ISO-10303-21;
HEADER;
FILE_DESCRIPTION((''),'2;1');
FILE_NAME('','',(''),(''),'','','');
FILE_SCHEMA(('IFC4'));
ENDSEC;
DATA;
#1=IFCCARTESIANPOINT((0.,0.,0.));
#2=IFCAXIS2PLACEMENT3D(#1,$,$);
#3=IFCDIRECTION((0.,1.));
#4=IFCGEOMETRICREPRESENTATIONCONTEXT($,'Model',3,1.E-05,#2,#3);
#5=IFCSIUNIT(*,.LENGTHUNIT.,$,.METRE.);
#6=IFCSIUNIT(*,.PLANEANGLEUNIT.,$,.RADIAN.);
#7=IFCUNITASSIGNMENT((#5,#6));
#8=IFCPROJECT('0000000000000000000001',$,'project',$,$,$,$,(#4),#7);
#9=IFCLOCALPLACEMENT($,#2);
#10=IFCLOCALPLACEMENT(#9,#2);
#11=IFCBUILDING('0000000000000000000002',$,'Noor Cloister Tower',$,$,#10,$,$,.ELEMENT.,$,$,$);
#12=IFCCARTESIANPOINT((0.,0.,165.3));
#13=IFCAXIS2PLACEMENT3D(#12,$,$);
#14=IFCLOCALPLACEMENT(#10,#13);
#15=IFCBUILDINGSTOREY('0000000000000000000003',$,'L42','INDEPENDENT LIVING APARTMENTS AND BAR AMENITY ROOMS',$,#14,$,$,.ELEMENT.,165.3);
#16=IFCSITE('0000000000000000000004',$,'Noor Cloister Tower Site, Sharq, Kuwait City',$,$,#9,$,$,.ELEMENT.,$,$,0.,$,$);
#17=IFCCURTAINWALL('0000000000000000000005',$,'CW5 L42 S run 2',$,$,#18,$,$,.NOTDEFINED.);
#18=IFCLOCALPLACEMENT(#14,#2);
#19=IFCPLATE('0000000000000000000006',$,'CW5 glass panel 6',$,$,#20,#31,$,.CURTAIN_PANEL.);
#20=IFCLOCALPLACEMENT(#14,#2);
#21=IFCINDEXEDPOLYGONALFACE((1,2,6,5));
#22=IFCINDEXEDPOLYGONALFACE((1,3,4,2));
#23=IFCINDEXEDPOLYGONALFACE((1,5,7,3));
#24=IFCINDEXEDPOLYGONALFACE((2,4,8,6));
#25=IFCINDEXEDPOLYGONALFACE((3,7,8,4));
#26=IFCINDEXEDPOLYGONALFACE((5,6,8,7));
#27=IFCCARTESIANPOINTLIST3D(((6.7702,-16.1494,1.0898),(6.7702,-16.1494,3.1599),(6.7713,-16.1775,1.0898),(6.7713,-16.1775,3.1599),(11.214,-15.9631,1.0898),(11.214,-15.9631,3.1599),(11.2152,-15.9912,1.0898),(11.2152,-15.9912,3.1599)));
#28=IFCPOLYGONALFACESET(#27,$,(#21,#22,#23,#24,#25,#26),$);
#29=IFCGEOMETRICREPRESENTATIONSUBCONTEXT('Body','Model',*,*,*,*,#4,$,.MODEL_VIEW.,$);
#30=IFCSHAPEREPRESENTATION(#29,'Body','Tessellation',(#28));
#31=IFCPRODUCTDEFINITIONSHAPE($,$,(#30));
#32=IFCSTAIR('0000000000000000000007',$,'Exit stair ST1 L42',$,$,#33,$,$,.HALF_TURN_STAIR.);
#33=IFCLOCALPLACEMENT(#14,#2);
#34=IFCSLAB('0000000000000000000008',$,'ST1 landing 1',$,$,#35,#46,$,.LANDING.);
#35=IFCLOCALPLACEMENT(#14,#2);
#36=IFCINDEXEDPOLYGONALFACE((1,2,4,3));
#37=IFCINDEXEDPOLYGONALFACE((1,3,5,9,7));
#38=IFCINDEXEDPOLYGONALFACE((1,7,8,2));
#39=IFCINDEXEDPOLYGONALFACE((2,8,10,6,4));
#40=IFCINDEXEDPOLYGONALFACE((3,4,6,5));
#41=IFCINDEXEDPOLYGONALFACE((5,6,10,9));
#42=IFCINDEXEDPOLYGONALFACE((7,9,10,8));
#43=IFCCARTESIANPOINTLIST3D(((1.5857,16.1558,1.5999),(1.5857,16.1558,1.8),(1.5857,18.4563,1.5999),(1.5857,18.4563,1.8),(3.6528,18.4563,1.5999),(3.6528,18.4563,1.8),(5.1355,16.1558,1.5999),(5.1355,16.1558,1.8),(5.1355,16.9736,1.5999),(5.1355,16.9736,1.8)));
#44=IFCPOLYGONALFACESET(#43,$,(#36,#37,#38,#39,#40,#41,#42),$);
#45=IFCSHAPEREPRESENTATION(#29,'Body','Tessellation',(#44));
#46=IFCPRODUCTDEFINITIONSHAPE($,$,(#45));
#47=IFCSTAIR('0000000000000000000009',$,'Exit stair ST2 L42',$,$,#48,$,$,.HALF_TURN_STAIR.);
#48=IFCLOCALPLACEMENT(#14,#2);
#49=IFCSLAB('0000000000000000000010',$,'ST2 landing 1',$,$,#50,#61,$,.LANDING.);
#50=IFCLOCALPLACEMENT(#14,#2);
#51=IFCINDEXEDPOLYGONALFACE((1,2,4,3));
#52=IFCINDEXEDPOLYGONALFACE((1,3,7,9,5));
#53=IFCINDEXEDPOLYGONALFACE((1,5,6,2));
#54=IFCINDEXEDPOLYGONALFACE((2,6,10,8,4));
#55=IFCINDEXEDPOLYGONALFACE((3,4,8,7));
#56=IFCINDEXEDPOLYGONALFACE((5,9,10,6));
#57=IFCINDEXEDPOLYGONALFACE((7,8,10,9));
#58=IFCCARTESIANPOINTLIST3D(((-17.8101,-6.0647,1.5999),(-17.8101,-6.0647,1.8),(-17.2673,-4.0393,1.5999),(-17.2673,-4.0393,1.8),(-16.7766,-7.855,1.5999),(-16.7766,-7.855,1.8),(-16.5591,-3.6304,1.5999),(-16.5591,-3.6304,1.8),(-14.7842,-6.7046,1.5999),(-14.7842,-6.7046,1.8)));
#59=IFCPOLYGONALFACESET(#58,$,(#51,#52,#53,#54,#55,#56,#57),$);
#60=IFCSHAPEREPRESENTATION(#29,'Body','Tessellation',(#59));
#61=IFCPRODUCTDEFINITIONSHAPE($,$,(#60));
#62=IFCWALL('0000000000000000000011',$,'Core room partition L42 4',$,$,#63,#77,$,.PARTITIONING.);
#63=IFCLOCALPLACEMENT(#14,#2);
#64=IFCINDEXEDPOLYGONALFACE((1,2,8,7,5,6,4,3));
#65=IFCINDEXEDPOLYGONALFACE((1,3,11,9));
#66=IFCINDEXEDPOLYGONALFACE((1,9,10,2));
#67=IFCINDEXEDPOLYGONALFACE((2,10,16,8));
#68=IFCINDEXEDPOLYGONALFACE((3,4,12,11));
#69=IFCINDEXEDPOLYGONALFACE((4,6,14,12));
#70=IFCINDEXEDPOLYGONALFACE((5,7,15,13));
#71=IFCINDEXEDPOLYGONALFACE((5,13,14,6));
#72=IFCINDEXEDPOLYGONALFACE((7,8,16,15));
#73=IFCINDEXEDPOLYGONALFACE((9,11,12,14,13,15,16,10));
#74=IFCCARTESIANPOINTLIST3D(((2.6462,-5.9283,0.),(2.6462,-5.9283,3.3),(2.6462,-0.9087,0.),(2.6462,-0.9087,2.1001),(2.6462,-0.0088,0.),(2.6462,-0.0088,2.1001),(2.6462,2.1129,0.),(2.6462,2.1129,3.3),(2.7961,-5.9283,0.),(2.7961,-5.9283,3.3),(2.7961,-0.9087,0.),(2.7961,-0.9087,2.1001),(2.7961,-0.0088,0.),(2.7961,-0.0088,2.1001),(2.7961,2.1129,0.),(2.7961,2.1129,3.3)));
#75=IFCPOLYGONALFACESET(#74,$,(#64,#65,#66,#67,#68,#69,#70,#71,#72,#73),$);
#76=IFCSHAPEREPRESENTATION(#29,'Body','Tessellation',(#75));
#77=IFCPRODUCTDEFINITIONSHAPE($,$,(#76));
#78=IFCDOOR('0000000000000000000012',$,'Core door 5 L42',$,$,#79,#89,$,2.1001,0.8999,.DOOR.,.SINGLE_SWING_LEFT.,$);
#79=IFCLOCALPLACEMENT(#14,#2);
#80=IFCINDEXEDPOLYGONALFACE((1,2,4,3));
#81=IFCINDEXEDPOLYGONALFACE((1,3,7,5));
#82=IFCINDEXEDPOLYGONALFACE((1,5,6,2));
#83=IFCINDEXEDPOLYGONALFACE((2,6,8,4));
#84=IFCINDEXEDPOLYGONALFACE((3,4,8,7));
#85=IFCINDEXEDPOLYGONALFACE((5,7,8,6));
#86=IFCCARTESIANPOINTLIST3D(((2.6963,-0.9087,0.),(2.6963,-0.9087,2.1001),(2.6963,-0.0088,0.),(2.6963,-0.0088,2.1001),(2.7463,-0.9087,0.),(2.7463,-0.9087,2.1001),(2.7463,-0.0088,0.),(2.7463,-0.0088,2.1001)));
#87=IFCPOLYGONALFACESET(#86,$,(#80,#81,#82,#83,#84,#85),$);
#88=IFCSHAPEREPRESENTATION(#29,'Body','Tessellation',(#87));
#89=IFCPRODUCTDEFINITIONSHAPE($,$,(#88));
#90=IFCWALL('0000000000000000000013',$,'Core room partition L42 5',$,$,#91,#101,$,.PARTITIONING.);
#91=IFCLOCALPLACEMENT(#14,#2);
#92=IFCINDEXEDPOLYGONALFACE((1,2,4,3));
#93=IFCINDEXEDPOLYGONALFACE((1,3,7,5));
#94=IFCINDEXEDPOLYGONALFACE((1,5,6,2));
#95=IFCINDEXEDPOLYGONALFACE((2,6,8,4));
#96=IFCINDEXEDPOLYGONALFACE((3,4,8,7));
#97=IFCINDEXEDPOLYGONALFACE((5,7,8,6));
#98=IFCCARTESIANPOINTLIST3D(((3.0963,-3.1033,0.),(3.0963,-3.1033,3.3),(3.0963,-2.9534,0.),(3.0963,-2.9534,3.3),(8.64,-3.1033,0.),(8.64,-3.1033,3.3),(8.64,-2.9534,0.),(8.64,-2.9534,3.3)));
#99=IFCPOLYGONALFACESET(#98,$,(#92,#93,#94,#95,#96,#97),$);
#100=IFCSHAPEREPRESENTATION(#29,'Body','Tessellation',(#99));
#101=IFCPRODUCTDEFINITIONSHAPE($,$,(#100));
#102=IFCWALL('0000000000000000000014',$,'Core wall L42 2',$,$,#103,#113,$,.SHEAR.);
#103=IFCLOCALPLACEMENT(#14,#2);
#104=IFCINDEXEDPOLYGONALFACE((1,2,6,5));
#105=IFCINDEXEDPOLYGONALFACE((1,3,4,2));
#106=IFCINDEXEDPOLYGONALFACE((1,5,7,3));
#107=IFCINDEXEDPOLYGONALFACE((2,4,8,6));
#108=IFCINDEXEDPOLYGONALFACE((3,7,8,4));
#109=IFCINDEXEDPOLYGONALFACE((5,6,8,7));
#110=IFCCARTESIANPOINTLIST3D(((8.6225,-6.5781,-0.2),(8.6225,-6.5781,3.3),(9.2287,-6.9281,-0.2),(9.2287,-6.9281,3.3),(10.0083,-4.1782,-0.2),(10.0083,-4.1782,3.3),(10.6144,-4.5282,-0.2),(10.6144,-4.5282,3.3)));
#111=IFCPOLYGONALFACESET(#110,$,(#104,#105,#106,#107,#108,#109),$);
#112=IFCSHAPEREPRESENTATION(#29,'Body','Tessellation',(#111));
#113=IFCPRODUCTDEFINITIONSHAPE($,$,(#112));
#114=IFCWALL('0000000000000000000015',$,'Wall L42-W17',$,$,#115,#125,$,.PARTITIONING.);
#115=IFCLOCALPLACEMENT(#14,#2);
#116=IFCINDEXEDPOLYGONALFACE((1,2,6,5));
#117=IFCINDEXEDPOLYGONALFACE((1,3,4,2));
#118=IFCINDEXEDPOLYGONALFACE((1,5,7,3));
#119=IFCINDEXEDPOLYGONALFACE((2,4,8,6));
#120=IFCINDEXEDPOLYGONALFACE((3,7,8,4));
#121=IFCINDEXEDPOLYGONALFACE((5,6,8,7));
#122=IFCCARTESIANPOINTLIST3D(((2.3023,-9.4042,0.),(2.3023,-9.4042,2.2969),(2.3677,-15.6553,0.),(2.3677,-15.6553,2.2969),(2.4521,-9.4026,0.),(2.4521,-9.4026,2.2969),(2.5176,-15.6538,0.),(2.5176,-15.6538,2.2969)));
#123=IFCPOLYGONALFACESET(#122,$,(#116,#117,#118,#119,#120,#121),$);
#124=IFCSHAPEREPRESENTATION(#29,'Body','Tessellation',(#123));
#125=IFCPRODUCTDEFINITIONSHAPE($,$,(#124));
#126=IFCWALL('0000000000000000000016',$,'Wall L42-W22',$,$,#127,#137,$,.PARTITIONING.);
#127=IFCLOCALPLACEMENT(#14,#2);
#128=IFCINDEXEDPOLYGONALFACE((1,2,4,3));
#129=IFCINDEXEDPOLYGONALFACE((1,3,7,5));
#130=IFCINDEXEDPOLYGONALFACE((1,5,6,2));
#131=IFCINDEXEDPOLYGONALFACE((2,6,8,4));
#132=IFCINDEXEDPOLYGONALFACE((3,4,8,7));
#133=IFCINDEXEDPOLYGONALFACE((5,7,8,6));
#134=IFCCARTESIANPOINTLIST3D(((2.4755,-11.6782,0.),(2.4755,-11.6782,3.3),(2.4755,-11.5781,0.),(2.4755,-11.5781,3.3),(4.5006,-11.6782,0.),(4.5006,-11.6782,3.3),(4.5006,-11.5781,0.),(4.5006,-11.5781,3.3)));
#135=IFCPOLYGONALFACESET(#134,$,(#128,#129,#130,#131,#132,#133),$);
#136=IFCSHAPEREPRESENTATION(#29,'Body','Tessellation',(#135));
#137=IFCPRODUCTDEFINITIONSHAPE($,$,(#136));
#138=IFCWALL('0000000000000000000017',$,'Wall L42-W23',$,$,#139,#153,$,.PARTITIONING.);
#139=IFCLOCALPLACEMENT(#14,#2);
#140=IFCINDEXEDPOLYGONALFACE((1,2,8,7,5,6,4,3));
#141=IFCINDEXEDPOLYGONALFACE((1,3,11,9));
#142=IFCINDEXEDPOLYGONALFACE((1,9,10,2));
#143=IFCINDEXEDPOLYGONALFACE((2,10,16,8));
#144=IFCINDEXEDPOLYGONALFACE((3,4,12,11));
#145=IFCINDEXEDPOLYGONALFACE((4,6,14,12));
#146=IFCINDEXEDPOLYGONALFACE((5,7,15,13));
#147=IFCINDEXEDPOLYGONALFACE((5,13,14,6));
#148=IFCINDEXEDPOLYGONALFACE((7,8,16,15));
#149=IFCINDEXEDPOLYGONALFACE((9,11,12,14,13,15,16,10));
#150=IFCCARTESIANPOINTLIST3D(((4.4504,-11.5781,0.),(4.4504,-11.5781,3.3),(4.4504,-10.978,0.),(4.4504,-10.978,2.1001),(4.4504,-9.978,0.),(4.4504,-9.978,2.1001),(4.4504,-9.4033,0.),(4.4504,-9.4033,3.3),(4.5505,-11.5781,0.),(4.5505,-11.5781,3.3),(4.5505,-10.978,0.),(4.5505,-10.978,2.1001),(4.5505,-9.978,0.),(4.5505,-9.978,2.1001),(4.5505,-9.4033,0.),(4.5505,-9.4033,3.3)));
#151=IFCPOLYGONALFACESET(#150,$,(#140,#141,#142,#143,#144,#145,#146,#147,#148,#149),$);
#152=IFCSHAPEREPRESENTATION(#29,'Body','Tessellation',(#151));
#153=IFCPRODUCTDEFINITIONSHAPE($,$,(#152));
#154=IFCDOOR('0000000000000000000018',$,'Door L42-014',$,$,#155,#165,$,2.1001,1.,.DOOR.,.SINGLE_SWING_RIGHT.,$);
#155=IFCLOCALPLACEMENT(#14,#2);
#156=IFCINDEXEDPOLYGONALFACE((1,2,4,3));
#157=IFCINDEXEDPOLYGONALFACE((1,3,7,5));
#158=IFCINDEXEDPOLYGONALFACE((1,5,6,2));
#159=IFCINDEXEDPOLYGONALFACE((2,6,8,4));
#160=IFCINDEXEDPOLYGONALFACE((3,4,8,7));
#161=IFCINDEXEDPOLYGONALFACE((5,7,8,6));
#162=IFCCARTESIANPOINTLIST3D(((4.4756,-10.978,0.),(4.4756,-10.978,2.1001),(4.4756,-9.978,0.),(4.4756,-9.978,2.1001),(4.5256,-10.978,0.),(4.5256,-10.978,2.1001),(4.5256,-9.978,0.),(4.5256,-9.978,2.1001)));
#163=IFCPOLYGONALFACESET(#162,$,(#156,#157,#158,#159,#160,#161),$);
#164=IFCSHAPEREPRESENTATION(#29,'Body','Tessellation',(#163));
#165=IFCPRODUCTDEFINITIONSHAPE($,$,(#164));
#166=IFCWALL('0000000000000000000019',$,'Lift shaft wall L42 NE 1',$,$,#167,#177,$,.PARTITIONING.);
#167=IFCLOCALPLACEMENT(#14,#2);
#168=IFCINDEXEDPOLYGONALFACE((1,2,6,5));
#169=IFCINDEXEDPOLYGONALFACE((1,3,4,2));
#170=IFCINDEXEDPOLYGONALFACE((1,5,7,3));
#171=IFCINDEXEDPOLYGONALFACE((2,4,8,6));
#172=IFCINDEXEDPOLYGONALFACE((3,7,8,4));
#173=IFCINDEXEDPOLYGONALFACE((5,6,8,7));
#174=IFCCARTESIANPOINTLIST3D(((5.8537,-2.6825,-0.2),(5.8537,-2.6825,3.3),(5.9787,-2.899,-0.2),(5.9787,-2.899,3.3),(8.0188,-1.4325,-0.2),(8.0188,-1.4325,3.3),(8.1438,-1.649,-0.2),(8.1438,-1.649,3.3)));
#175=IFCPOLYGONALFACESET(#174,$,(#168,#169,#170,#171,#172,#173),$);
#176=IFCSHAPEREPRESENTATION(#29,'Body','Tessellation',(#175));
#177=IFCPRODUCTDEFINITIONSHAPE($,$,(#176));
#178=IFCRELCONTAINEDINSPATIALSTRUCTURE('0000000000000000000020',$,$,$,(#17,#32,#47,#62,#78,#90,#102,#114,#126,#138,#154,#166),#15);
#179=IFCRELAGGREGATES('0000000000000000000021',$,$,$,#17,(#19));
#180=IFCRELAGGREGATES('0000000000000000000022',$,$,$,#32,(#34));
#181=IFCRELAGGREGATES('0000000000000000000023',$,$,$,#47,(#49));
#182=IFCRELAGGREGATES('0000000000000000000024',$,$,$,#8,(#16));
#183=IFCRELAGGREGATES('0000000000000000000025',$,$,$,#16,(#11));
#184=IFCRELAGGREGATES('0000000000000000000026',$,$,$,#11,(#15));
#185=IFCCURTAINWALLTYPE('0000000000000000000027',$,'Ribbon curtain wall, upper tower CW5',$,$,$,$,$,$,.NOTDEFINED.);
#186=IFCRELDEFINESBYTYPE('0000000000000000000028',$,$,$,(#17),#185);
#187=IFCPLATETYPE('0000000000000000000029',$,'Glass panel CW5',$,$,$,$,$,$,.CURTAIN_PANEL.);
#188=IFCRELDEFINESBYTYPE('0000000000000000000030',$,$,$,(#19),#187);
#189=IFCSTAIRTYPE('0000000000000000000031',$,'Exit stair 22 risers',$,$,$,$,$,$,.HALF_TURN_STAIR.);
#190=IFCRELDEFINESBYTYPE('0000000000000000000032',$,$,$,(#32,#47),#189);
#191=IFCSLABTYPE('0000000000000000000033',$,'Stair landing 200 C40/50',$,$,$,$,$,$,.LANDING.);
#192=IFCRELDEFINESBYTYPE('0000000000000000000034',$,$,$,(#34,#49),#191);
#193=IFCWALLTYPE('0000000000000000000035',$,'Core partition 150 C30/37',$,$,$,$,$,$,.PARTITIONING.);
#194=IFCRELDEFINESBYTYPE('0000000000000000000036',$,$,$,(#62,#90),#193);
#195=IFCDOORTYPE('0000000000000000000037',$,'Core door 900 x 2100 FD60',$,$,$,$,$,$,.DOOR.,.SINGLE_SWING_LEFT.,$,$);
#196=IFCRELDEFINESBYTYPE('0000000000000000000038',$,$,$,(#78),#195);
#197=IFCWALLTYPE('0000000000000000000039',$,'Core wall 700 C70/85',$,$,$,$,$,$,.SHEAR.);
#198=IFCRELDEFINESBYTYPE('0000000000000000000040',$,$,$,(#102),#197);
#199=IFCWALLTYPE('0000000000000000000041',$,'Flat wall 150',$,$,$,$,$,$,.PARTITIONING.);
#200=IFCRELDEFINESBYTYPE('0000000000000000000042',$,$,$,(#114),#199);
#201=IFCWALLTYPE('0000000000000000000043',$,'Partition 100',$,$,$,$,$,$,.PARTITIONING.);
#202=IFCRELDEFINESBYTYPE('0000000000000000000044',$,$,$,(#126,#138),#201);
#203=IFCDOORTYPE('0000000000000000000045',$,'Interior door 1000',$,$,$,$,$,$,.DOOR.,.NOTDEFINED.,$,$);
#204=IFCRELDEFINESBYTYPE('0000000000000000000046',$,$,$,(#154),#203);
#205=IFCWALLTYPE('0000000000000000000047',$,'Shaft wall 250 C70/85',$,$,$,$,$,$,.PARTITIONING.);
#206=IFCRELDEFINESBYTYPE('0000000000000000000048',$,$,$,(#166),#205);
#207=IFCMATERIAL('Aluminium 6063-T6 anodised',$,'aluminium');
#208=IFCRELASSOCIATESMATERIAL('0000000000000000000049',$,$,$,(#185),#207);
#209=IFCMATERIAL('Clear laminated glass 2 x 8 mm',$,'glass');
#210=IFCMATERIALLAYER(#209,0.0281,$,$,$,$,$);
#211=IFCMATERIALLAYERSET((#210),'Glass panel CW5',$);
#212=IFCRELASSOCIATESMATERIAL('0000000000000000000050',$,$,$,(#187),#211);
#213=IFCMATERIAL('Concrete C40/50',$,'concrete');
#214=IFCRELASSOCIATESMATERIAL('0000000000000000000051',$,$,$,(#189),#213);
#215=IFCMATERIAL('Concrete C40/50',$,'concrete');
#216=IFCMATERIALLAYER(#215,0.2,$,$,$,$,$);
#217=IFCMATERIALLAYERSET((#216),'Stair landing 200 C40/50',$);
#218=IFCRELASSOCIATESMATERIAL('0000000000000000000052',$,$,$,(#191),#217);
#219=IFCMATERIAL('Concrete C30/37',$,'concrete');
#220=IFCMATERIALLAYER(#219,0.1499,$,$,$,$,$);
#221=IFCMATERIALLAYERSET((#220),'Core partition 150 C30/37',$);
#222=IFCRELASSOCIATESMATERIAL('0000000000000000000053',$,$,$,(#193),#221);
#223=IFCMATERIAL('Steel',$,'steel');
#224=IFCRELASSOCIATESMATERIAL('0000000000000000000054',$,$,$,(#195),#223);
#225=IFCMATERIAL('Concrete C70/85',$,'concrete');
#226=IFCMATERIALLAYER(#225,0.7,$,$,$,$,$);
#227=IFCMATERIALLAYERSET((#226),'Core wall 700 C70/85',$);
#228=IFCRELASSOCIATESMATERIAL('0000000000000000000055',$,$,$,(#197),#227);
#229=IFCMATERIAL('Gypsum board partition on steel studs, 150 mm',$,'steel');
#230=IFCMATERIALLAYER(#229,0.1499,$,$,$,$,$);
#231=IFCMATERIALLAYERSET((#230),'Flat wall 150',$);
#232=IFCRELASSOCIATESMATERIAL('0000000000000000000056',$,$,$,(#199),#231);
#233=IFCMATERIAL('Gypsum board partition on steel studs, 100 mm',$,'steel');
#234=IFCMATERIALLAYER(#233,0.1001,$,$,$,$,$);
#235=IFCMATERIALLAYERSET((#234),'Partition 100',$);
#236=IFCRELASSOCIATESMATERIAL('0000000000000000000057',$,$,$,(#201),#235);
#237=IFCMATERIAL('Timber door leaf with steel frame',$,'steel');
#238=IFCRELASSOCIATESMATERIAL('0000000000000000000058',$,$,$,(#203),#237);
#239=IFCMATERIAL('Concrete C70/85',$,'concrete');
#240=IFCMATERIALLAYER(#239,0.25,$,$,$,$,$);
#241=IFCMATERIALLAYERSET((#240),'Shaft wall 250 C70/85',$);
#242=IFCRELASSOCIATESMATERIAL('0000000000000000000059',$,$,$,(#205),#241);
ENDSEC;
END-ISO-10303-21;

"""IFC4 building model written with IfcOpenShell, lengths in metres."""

from ifc_helpers import new_model, si_unit, direction, frame, frame_2d, origin, origin_2d, place, context, subcontext, project, spatial, polyline, rectangle, outline, extrude, material, layer, layer_set, type_object, element, fill, aggregate, save


model = new_model("IFC4")

# Units and contexts
model_context = context("Model", 3, precision=1e-05, world=origin(), true_north=direction((0.0, 1.0)))
body_context = subcontext(model_context, "Body", "Model", "MODEL_VIEW")
ifc_project = project(units=[si_unit("LENGTHUNIT", "METRE"), si_unit("PLANEANGLEUNIT", "RADIAN")], contexts=[model_context])

# Site, building, storey
site_placement = place(None, origin())
site = spatial("IfcSite", under=ifc_project, at=site_placement, Name="Noor Cloister Tower Site, Sharq, Kuwait City", CompositionType="ELEMENT", RefElevation=0.0)
building_placement = place(site_placement, origin())
building = spatial("IfcBuilding", under=site, at=building_placement, Name="Noor Cloister Tower", CompositionType="ELEMENT")
storey_placement = place(building_placement, frame((0.0, 0.0, 165.3)))
storey = spatial("IfcBuildingStorey", under=building, at=storey_placement, Name="L42", Description="INDEPENDENT LIVING APARTMENTS AND BAR AMENITY ROOMS", CompositionType="ELEMENT", Elevation=165.3)

# Curtain wall
ifc_material_1 = material(Name="Aluminium 6063-T6 anodised", Category="aluminium")
curtain_wall_type = type_object("IfcCurtainWallType", Name="Ribbon curtain wall, upper tower CW5", PredefinedType="NOTDEFINED", material=ifc_material_1)
curtain_wall_placement = place(storey_placement, origin())
curtain_wall = element("IfcCurtainWall", 1, at=curtain_wall_placement, inside=storey, type_object=curtain_wall_type, Name="CW5 L42 S run 2", PredefinedType="NOTDEFINED")

# Plate
ifc_material_2 = material(Name="Clear laminated glass 2 x 8 mm", Category="glass")
ifc_layer_1 = layer(ifc_material_2, 0.0281)
ifc_layer_set_1 = layer_set([ifc_layer_1], Name="Glass panel CW5")
plate_type = type_object("IfcPlateType", Name="Glass panel CW5", PredefinedType="CURTAIN_PANEL", material=ifc_layer_set_1)
plate_1_placement = place(storey_placement, frame((8.9927, -16.0703, 1.0898), z_axis=(0.0, 0.0, 1.0), x_axis=(0.999123, 0.04188, 0.0)))
plate_1 = element("IfcPlate", 2, at=plate_1_placement, type_object=plate_type, Name="CW5 glass panel 6", PredefinedType="CURTAIN_PANEL", context=body_context, shape_type="SweptSolid", body=[
    extrude(rectangle(XDim=4.4478, YDim=0.0281, at=origin_2d()), origin(), (0.0, 0.0, 1.0), 2.0701),
])
aggregate(curtain_wall, [plate_1])

# Stairs, slabs
ifc_material_3 = material(Name="Concrete C40/50", Category="concrete")
stair_type = type_object("IfcStairType", Name="Exit stair 22 risers", PredefinedType="HALF_TURN_STAIR", material=ifc_material_3)
stair_1_placement = place(storey_placement, origin())
stair_1 = element("IfcStair", 3, at=stair_1_placement, inside=storey, type_object=stair_type, Name="Exit stair ST1 L42", PredefinedType="HALF_TURN_STAIR")
ifc_material_4 = material(Name="Concrete C40/50", Category="concrete")
ifc_layer_2 = layer(ifc_material_4, 0.2)
ifc_layer_set_2 = layer_set([ifc_layer_2], Name="Stair landing 200 C40/50")
slab_type_1 = type_object("IfcSlabType", Name="Stair landing 200 C40/50", PredefinedType="LANDING", material=ifc_layer_set_2)
slab_1_placement = place(storey_placement, frame((0.0, 0.0, 1.5999)))
slab_1 = element("IfcSlab", 4, at=slab_1_placement, type_object=slab_type_1, Name="ST1 landing 1", PredefinedType="LANDING", context=body_context, shape_type="SweptSolid", body=[
    extrude(outline(polyline([(5.1355, 16.1558), (5.1355, 16.9736), (3.6528, 18.4563), (1.5857, 18.4563), (1.5857, 16.1558), (5.1355, 16.1558)])), origin(), (0.0, 0.0, 1.0), 0.2002),
])
aggregate(stair_1, [slab_1])
stair_2_placement = place(storey_placement, origin())
stair_2 = element("IfcStair", 5, at=stair_2_placement, inside=storey, type_object=stair_type, Name="Exit stair ST2 L42", PredefinedType="HALF_TURN_STAIR")
slab_2_placement = place(storey_placement, frame((0.0, 0.0, 1.5999)))
slab_2 = element("IfcSlab", 6, at=slab_2_placement, type_object=slab_type_1, Name="ST2 landing 1", PredefinedType="LANDING", context=body_context, shape_type="SweptSolid", body=[
    extrude(outline(polyline([(-16.5591, -3.6304), (-17.2673, -4.0393), (-17.8101, -6.0647), (-16.7766, -7.855), (-14.7842, -6.7046), (-16.5591, -3.6304)])), origin(), (0.0, 0.0, 1.0), 0.2002),
])
aggregate(stair_2, [slab_2])

# Wall, opening, door
ifc_material_5 = material(Name="Concrete C30/37", Category="concrete")
ifc_layer_3 = layer(ifc_material_5, 0.1499)
ifc_layer_set_3 = layer_set([ifc_layer_3], Name="Core partition 150 C30/37")
wall_type_1 = type_object("IfcWallType", Name="Core partition 150 C30/37", PredefinedType="PARTITIONING", material=ifc_layer_set_3)
wall_1_placement = place(storey_placement, frame((2.7212, -5.9282, 0.0), z_axis=(0.0, 0.0, 1.0), x_axis=(0.0, 1.0, 0.0)))
wall_1 = element("IfcWall", 7, at=wall_1_placement, inside=storey, type_object=wall_type_1, Name="Core room partition L42 4", PredefinedType="PARTITIONING", context=body_context, shape_type="SweptSolid", body=[
    extrude(rectangle(XDim=8.0413, YDim=0.1499, at=frame_2d((4.0205, 0.0))), origin(), (0.0, 0.0, 1.0), 3.3),
])
opening_1_placement = place(wall_1_placement, frame((5.0195, 0.0, 0.0)))
opening_1 = element("IfcOpeningElement", 8, at=opening_1_placement, cuts=wall_1, PredefinedType="OPENING", context=body_context, shape_type="SweptSolid", body=[
    extrude(rectangle(XDim=0.8999, YDim=2.1001, at=frame_2d((0.45, 1.05))), frame((0.0, 0.085, 0.0), z_axis=(0.0, -1.0, 0.0), x_axis=(1.0, 0.0, 0.0)), (0.0, 0.0, 1.0), 0.1699),
])
ifc_material_6 = material(Name="Steel", Category="steel")
door_type_1 = type_object("IfcDoorType", Name="Core door 900 x 2100 FD60", OperationType="SINGLE_SWING_LEFT", PredefinedType="DOOR", material=ifc_material_6)
door_1_placement = place(opening_1_placement, origin())
door_1 = element("IfcDoor", 9, at=door_1_placement, inside=storey, type_object=door_type_1, Name="Core door 5 L42", OperationType="SINGLE_SWING_LEFT", OverallHeight=2.1001, OverallWidth=0.8999, PredefinedType="DOOR", context=body_context, shape_type="SweptSolid", body=[
    extrude(rectangle(XDim=0.8999, YDim=2.1001, at=frame_2d((0.45, 1.05))), frame((0.0, 0.0249, 0.0), z_axis=(0.0, -1.0, 0.0), x_axis=(1.0, 0.0, 0.0)), (0.0, 0.0, 1.0), 0.05),
])
fill(opening_1, door_1)

# Walls
wall_2_placement = place(storey_placement, frame((3.0962, -3.0283, 0.0), z_axis=(0.0, 0.0, 1.0), x_axis=(1.0, 0.0, 0.0)))
element("IfcWall", 10, at=wall_2_placement, inside=storey, type_object=wall_type_1, Name="Core room partition L42 5", PredefinedType="PARTITIONING", context=body_context, shape_type="SweptSolid", body=[
    extrude(rectangle(XDim=5.5437, YDim=0.1499, at=frame_2d((2.772, 0.0))), origin(), (0.0, 0.0, 1.0), 3.3),
])
ifc_material_7 = material(Name="Concrete C70/85", Category="concrete")
ifc_layer_4 = layer(ifc_material_7, 0.7)
ifc_layer_set_4 = layer_set([ifc_layer_4], Name="Core wall 700 C70/85")
wall_type_2 = type_object("IfcWallType", Name="Core wall 700 C70/85", PredefinedType="SHEAR", material=ifc_layer_set_4)
wall_3_placement = place(storey_placement, frame((8.9255, -6.7532, -0.2), z_axis=(0.0, 0.0, 1.0), x_axis=(0.500043, 0.866001, 0.0)))
element("IfcWall", 11, at=wall_3_placement, inside=storey, type_object=wall_type_2, Name="Core wall L42 2", PredefinedType="SHEAR", context=body_context, shape_type="SweptSolid", body=[
    extrude(rectangle(XDim=2.7712, YDim=0.7, at=frame_2d((1.3857, 0.0))), origin(), (0.0, 0.0, 1.0), 3.5),
])
ifc_material_8 = material(Name="Gypsum board partition on steel studs, 150 mm", Category="steel")
ifc_layer_5 = layer(ifc_material_8, 0.1499)
ifc_layer_set_5 = layer_set([ifc_layer_5], Name="Flat wall 150")
wall_type_3 = type_object("IfcWallType", Name="Flat wall 150", PredefinedType="PARTITIONING", material=ifc_layer_set_5)
wall_4_placement = place(storey_placement, frame((2.4426, -15.6545, 0.0), z_axis=(0.0, 0.0, 1.0), x_axis=(-0.010466, 0.999945, 0.0)))
element("IfcWall", 12, at=wall_4_placement, inside=storey, type_object=wall_type_3, Name="Wall L42-W17", PredefinedType="PARTITIONING", context=body_context, shape_type="SweptSolid", body=[
    extrude(rectangle(XDim=6.2515, YDim=0.1499, at=frame_2d((3.1257, 0.0))), origin(), (0.0, 0.0, 1.0), 2.2969),
])
ifc_material_9 = material(Name="Gypsum board partition on steel studs, 100 mm", Category="steel")
ifc_layer_6 = layer(ifc_material_9, 0.1001)
ifc_layer_set_6 = layer_set([ifc_layer_6], Name="Partition 100")
wall_type_4 = type_object("IfcWallType", Name="Partition 100", PredefinedType="PARTITIONING", material=ifc_layer_set_6)
wall_5_placement = place(storey_placement, frame((2.4753, -11.6282, 0.0), z_axis=(0.0, 0.0, 1.0), x_axis=(1.0, 0.0, 0.0)))
element("IfcWall", 13, at=wall_5_placement, inside=storey, type_object=wall_type_4, Name="Wall L42-W22", PredefinedType="PARTITIONING", context=body_context, shape_type="SweptSolid", body=[
    extrude(rectangle(XDim=2.0251, YDim=0.1001, at=frame_2d((1.0127, 0.0))), origin(), (0.0, 0.0, 1.0), 3.3),
])

# Wall, opening, door
wall_6_placement = place(storey_placement, frame((4.5005, -11.5781, 0.0), z_axis=(0.0, 0.0, 1.0), x_axis=(0.0, 1.0, 0.0)))
wall_6 = element("IfcWall", 14, at=wall_6_placement, inside=storey, type_object=wall_type_4, Name="Wall L42-W23", PredefinedType="PARTITIONING", context=body_context, shape_type="SweptSolid", body=[
    extrude(rectangle(XDim=2.1748, YDim=0.1001, at=frame_2d((1.0874, 0.0))), origin(), (0.0, 0.0, 1.0), 3.3),
])
opening_2_placement = place(wall_6_placement, frame((0.6001, 0.0, 0.0)))
opening_2 = element("IfcOpeningElement", 15, at=opening_2_placement, cuts=wall_6, PredefinedType="OPENING", context=body_context, shape_type="SweptSolid", body=[
    extrude(rectangle(XDim=1.0, YDim=2.1001, at=frame_2d((0.5, 1.05))), frame((0.0, 0.0601, 0.0), z_axis=(0.0, -1.0, 0.0), x_axis=(1.0, 0.0, 0.0)), (0.0, 0.0, 1.0), 0.1201),
])
ifc_material_10 = material(Name="Timber door leaf with steel frame", Category="steel")
door_type_2 = type_object("IfcDoorType", Name="Interior door 1000", OperationType="NOTDEFINED", PredefinedType="DOOR", material=ifc_material_10)
door_2_placement = place(opening_2_placement, origin())
door_2 = element("IfcDoor", 16, at=door_2_placement, inside=storey, type_object=door_type_2, Name="Door L42-014", OperationType="SINGLE_SWING_RIGHT", OverallHeight=2.1001, OverallWidth=1.0, PredefinedType="DOOR", context=body_context, shape_type="SweptSolid", body=[
    extrude(rectangle(XDim=1.0, YDim=2.1001, at=frame_2d((0.5, 1.05))), frame((0.0, 0.0249, 0.0), z_axis=(0.0, -1.0, 0.0), x_axis=(1.0, 0.0, 0.0)), (0.0, 0.0, 1.0), 0.05),
])
fill(opening_2, door_2)

# Wall
ifc_material_11 = material(Name="Concrete C70/85", Category="concrete")
ifc_layer_7 = layer(ifc_material_11, 0.25)
ifc_layer_set_7 = layer_set([ifc_layer_7], Name="Shaft wall 250 C70/85")
wall_type_5 = type_object("IfcWallType", Name="Shaft wall 250 C70/85", PredefinedType="PARTITIONING", material=ifc_layer_set_7)
wall_7_placement = place(storey_placement, frame((8.0813, -1.5408, -0.2), z_axis=(0.0, 0.0, 1.0), x_axis=(-0.866023, -0.500004, 0.0)))
element("IfcWall", 17, at=wall_7_placement, inside=storey, type_object=wall_type_5, Name="Lift shaft wall L42 NE 1", PredefinedType="PARTITIONING", context=body_context, shape_type="SweptSolid", body=[
    extrude(rectangle(XDim=2.5, YDim=0.25, at=frame_2d((1.25, 0.0))), origin(), (0.0, 0.0, 1.0), 3.5),
])

save(model, "model.ifc")
